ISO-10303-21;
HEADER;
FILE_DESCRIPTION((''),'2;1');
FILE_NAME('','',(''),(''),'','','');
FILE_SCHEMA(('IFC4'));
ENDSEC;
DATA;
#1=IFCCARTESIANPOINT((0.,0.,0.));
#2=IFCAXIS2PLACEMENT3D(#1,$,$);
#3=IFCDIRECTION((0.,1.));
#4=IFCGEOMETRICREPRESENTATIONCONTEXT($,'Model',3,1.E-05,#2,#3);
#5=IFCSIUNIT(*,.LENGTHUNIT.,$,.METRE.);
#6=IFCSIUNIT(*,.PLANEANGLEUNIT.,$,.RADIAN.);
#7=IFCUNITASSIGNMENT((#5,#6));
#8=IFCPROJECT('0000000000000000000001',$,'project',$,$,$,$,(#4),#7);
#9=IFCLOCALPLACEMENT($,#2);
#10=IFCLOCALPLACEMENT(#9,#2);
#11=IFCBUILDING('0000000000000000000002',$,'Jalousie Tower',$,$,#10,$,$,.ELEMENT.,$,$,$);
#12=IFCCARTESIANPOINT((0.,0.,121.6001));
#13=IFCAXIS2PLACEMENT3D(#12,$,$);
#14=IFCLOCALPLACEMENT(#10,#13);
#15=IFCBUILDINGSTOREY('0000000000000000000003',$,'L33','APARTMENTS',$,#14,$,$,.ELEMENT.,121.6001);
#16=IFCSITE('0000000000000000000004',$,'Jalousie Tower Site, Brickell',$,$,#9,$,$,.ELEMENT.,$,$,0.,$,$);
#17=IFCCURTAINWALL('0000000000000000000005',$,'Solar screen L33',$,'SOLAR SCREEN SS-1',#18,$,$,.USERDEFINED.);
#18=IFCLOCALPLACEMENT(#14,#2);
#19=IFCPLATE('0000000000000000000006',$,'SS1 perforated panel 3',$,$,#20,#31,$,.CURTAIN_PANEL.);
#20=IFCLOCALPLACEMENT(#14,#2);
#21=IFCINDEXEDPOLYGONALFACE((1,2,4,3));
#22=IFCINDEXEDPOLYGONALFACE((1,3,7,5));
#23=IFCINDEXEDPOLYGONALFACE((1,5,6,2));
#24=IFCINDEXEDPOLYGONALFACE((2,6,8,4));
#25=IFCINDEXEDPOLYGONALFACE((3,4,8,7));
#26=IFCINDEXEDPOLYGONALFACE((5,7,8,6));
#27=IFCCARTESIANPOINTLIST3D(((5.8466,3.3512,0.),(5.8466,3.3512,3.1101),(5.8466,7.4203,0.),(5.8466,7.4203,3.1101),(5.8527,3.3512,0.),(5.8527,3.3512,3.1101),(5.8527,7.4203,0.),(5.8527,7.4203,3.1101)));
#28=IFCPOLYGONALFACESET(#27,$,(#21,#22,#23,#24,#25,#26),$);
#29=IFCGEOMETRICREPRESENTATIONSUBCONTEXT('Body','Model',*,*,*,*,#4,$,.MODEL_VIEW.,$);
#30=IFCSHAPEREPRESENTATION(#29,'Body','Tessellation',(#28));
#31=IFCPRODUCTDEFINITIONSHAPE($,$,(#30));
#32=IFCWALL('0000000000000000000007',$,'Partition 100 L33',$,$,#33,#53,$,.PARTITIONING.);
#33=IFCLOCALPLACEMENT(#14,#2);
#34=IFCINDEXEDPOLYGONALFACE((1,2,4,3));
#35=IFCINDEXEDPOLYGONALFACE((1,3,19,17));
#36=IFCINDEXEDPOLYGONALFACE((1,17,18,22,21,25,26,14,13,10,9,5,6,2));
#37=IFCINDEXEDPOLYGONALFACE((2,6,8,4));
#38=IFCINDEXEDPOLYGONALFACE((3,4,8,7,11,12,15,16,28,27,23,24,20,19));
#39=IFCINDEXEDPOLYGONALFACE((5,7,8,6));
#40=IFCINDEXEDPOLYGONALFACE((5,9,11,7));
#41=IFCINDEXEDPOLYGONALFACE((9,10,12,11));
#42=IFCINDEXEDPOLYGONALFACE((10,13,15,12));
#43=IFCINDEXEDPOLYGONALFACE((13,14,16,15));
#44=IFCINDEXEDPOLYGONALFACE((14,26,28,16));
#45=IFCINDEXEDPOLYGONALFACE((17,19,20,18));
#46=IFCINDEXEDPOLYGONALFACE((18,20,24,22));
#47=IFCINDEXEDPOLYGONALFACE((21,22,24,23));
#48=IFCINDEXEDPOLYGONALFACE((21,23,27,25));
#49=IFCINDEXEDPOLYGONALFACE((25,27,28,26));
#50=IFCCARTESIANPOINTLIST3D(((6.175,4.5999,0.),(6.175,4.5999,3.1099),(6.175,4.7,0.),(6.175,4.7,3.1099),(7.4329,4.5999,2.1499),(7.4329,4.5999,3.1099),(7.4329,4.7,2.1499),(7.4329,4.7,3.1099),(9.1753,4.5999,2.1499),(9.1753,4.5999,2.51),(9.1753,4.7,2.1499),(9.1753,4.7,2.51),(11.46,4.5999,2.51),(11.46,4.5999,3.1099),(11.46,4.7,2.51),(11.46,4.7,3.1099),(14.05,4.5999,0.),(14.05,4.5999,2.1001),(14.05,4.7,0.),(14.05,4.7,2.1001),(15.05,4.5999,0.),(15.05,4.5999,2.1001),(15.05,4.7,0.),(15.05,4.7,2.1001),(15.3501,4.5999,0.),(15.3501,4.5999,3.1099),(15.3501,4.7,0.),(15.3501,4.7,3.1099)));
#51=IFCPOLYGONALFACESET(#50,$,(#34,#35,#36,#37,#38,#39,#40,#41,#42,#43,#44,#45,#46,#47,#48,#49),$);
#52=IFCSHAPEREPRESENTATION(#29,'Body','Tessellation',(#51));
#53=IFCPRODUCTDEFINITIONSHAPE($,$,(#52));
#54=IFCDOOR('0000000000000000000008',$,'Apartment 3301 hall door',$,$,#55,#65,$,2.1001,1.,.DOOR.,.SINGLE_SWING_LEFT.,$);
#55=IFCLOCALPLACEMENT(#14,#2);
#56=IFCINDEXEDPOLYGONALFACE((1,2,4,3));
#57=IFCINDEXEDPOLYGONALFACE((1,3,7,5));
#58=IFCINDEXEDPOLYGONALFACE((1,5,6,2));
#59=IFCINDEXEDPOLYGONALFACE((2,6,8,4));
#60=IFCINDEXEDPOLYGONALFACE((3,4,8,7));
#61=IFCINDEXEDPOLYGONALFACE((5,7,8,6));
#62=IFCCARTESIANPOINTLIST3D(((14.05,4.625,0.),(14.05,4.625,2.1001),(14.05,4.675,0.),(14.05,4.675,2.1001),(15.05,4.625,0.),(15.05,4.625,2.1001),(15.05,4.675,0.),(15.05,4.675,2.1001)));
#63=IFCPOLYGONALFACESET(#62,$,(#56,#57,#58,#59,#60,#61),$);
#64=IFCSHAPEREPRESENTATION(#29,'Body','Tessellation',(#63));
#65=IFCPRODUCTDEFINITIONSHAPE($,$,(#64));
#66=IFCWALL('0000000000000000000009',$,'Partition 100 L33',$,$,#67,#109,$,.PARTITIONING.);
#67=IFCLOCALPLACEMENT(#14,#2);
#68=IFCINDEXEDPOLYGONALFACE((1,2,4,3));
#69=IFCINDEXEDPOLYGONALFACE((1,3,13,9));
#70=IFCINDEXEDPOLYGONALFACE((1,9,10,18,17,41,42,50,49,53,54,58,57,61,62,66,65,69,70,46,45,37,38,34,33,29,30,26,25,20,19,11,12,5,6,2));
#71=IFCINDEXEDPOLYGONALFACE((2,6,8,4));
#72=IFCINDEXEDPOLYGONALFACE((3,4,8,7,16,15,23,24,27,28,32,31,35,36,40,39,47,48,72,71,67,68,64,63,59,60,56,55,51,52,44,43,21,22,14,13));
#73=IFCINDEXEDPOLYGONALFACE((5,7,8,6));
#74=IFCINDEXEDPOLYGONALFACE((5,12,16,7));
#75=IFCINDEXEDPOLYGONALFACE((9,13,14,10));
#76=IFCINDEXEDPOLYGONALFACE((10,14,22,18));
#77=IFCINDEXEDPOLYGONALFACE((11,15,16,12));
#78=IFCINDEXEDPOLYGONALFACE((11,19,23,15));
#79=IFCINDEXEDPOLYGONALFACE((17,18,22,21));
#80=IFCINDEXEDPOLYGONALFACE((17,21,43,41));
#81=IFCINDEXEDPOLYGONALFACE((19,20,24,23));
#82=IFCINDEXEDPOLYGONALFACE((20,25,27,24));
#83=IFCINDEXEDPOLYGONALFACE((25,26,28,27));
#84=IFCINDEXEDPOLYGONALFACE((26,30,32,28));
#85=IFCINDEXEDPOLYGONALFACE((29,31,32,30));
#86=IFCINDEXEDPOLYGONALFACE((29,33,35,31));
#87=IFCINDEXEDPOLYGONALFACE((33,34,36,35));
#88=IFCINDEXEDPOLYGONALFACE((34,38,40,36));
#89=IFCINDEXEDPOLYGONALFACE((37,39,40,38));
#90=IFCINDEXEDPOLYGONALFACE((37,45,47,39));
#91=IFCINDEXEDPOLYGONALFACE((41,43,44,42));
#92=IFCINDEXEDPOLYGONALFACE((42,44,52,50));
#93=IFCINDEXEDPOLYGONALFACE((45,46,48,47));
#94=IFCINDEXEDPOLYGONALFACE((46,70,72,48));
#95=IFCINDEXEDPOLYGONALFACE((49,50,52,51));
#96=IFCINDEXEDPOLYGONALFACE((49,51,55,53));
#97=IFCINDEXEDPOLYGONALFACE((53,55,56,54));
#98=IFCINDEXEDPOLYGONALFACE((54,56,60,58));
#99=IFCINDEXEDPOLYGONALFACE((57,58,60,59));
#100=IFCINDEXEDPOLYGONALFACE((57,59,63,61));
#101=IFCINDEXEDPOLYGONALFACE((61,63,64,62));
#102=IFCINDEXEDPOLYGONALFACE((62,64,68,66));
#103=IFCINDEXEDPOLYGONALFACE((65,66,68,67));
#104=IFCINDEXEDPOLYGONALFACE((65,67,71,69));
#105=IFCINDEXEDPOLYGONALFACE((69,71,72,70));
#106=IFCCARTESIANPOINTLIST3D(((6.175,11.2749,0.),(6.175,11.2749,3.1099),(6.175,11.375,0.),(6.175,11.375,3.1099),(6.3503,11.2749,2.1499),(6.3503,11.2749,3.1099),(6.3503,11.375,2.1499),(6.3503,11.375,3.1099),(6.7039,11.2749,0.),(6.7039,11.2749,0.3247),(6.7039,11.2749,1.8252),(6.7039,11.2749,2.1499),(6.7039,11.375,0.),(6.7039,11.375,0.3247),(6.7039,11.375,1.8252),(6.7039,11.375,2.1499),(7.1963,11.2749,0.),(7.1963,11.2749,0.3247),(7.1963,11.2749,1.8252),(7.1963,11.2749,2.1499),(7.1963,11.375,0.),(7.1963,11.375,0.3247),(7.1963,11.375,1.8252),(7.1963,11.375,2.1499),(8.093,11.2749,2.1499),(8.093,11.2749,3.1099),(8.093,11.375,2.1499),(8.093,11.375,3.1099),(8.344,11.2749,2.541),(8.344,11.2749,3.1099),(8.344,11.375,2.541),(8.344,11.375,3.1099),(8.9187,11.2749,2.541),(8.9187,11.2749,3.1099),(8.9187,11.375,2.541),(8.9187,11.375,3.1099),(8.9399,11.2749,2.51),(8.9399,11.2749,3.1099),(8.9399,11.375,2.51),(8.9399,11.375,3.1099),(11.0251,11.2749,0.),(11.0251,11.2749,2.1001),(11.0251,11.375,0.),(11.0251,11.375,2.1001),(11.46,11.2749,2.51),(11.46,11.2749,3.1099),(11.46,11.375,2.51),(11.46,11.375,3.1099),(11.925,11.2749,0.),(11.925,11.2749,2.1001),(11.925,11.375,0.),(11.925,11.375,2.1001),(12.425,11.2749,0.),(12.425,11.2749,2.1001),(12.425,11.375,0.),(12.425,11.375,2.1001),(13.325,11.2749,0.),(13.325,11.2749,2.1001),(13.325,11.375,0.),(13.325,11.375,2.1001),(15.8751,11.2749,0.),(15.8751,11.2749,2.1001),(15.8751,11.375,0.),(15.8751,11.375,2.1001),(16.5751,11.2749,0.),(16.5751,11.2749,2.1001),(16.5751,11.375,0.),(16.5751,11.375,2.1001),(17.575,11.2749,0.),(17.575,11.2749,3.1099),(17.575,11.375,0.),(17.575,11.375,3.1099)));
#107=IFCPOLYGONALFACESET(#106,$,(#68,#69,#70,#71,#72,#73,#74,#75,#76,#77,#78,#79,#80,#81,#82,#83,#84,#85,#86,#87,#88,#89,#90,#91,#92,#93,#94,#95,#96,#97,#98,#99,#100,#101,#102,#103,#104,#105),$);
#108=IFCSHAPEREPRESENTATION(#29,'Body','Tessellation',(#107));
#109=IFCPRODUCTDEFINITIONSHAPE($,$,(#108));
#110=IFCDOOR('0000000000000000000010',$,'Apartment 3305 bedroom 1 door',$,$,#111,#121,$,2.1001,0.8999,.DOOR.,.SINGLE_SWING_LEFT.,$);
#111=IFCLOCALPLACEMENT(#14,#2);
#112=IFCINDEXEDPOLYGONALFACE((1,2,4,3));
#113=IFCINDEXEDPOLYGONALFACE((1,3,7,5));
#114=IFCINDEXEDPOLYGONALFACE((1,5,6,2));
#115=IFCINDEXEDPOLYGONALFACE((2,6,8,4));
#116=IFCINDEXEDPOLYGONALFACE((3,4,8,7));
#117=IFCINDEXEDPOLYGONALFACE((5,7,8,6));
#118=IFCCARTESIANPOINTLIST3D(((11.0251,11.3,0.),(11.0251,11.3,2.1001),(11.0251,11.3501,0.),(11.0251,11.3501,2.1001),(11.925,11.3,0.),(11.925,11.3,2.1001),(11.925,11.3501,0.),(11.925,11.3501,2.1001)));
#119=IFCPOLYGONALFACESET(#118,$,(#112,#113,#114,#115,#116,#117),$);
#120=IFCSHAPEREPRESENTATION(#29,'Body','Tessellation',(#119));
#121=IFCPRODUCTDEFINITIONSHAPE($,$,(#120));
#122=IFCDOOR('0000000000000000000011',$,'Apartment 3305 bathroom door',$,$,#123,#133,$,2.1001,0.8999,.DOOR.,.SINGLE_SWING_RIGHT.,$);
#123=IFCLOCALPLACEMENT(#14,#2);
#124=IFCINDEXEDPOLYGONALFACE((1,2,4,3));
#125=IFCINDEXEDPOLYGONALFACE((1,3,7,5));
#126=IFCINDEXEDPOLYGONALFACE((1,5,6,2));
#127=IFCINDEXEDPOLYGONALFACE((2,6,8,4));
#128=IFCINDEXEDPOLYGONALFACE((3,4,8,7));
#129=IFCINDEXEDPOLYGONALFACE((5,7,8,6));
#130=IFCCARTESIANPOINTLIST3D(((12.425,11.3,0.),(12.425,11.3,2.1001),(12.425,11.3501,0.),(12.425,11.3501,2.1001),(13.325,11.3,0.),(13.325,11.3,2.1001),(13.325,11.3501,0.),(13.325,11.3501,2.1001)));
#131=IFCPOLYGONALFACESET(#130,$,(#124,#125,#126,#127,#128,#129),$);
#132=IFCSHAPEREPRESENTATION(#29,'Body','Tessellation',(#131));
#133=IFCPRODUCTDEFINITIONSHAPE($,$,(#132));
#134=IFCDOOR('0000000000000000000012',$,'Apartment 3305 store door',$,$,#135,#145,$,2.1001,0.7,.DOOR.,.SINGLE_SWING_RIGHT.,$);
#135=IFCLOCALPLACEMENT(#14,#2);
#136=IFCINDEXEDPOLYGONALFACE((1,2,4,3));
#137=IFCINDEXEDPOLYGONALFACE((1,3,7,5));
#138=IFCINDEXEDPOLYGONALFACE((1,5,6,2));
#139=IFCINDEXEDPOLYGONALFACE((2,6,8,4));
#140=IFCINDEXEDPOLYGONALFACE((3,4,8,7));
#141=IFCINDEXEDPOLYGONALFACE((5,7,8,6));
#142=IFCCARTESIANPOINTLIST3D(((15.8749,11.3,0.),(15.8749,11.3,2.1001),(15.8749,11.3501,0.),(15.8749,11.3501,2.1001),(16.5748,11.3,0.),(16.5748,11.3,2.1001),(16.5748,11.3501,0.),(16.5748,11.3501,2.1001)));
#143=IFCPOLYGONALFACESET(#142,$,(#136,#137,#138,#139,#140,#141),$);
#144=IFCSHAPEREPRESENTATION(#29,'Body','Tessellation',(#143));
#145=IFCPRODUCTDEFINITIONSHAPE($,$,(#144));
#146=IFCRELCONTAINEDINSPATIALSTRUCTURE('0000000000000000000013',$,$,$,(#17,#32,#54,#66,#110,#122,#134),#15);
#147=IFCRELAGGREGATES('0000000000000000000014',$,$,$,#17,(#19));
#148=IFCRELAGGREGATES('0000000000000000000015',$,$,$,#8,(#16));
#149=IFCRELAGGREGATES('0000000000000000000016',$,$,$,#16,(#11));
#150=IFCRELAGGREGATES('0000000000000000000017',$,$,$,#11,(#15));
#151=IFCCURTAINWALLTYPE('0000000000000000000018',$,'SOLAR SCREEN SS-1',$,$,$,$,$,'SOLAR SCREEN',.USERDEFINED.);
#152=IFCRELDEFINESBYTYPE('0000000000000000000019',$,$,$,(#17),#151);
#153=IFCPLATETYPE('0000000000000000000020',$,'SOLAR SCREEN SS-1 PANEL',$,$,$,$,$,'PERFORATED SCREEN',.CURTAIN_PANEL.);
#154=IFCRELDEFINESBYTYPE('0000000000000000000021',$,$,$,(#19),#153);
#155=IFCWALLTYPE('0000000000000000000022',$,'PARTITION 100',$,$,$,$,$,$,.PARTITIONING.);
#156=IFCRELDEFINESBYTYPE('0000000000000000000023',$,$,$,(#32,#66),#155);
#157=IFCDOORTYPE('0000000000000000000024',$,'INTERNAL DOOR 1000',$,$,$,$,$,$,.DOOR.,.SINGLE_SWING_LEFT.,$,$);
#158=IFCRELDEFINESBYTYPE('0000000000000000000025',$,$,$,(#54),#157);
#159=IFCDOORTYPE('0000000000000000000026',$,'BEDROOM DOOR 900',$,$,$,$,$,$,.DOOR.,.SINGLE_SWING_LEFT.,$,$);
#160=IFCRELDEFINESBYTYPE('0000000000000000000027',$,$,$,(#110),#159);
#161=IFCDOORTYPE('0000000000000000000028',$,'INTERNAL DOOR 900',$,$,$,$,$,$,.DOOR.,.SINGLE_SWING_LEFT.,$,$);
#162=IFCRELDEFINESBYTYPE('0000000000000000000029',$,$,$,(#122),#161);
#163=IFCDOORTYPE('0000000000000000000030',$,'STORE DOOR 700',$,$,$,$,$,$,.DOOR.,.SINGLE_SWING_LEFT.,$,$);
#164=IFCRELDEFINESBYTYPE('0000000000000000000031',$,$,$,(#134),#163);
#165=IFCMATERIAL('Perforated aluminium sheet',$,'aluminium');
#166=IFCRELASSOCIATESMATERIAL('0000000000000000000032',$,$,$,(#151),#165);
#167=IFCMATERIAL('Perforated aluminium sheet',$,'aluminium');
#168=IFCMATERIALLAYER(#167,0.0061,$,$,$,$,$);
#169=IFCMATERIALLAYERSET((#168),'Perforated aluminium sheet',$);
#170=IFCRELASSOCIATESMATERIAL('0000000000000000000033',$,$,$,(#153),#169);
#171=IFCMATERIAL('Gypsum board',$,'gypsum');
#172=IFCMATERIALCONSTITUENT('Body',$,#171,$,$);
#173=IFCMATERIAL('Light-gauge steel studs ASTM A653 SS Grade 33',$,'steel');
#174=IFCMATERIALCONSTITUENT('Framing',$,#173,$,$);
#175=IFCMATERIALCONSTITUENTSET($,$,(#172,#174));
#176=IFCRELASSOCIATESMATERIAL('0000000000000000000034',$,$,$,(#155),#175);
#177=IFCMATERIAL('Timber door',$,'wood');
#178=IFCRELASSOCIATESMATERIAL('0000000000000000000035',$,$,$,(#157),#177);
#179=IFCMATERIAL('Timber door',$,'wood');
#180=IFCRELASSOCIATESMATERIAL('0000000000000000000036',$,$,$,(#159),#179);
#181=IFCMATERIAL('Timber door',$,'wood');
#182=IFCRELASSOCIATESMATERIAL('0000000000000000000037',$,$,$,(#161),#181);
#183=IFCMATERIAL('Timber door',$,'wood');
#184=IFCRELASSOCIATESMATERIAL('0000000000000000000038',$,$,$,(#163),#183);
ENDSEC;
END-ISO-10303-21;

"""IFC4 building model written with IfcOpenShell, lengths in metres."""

from ifc_helpers import new_model, si_unit, direction, frame, frame_2d, origin, origin_2d, place, context, subcontext, project, spatial, polyline, rectangle, outline, extrude, material, layer, layer_set, constituent, constituent_set, type_object, element, fill, aggregate, save


model = new_model("IFC4")

# Units and contexts
model_context = context("Model", 3, precision=1e-05, world=origin(), true_north=direction((0.0, 1.0)))
body_context = subcontext(model_context, "Body", "Model", "MODEL_VIEW")
ifc_project = project(units=[si_unit("LENGTHUNIT", "METRE"), si_unit("PLANEANGLEUNIT", "RADIAN")], contexts=[model_context])

# Site, building, storey
site_placement = place(None, origin())
site = spatial("IfcSite", under=ifc_project, at=site_placement, Name="Jalousie Tower Site, Brickell", CompositionType="ELEMENT", RefElevation=0.0)
building_placement = place(site_placement, origin())
building = spatial("IfcBuilding", under=site, at=building_placement, Name="Jalousie Tower", CompositionType="ELEMENT")
storey_placement = place(building_placement, frame((0.0, 0.0, 121.6001)))
storey = spatial("IfcBuildingStorey", under=building, at=storey_placement, Name="L33", Description="APARTMENTS", CompositionType="ELEMENT", Elevation=121.6001)

# Curtain wall, plate
ifc_material_1 = material(Name="Perforated aluminium sheet", Category="aluminium")
curtain_wall_type_1 = type_object("IfcCurtainWallType", Name="SOLAR SCREEN SS-1", ElementType="SOLAR SCREEN", PredefinedType="USERDEFINED", material=ifc_material_1)
curtain_wall_1_placement = place(storey_placement, origin())
curtain_wall_1 = element("IfcCurtainWall", 1, at=curtain_wall_1_placement, inside=storey, type_object=curtain_wall_type_1, Name="Solar screen L33", ObjectType="SOLAR SCREEN SS-1", PredefinedType="USERDEFINED")
ifc_material_2 = material(Name="Perforated aluminium sheet", Category="aluminium")
ifc_layer_1 = layer(ifc_material_2, 0.0061)
ifc_layer_set_1 = layer_set([ifc_layer_1], Name="Perforated aluminium sheet")
plate_type = type_object("IfcPlateType", Name="SOLAR SCREEN SS-1 PANEL", ElementType="PERFORATED SCREEN", PredefinedType="CURTAIN_PANEL", material=ifc_layer_set_1)
plate_1_placement = place(storey_placement, frame((5.8496, 5.3857, 0.0), z_axis=(0.0, 0.0, 1.0), x_axis=(0.0, -1.0, 0.0)))
plate_1 = element("IfcPlate", 2, at=plate_1_placement, type_object=plate_type, Name="SS1 perforated panel 3", PredefinedType="CURTAIN_PANEL", context=body_context, shape_type="SweptSolid", body=[
    extrude(rectangle(XDim=4.0691, YDim=0.0061, at=origin_2d()), origin(), (0.0, 0.0, 1.0), 3.1101),
])
aggregate(curtain_wall_1, [plate_1])

# Wall, opening, door
ifc_material_3 = material(Name="Gypsum board", Category="gypsum")
ifc_constituent_1 = constituent(ifc_material_3, Name="Body")
ifc_material_4 = material(Name="Light-gauge steel studs ASTM A653 SS Grade 33", Category="steel")
ifc_constituent_2 = constituent(ifc_material_4, Name="Framing")
ifc_constituent_set_1 = constituent_set(constituents=[ifc_constituent_1, ifc_constituent_2])
wall_type_1 = type_object("IfcWallType", Name="PARTITION 100", PredefinedType="PARTITIONING", material=ifc_constituent_set_1)
wall_1_placement = place(storey_placement, frame((6.175, 4.6499, 0.0), z_axis=(0.0, 0.0, 1.0), x_axis=(1.0, 0.0, 0.0)))
wall_1 = element("IfcWall", 3, at=wall_1_placement, inside=storey, type_object=wall_type_1, Name="Partition 100 L33", PredefinedType="PARTITIONING", context=body_context, shape_type="SweptSolid", body=[
    extrude(outline(polyline([(0.0, 0.0), (9.175, 0.0), (9.175, 3.1099), (5.2849, 3.1099), (5.2849, 2.51), (3.0002, 2.51), (3.0002, 2.1499), (1.2578, 2.1499), (1.2578, 3.1099), (0.0, 3.1099), (0.0, 0.0)])), frame((0.0, 0.05, 0.0), z_axis=(0.0, -1.0, 0.0), x_axis=(1.0, 0.0, 0.0)), (0.0, 0.0, 1.0), 0.1001),
])
opening_1_placement = place(wall_1_placement, frame((7.875, 0.0, 0.0)))
opening_1 = element("IfcOpeningElement", 4, at=opening_1_placement, cuts=wall_1, PredefinedType="OPENING", context=body_context, shape_type="SweptSolid", body=[
    extrude(rectangle(XDim=1.0, YDim=2.1001, at=frame_2d((0.5, 1.05))), frame((0.0, 0.0601, 0.0), z_axis=(0.0, -1.0, 0.0), x_axis=(1.0, 0.0, 0.0)), (0.0, 0.0, 1.0), 0.1201),
])
ifc_material_5 = material(Name="Timber door", Category="wood")
door_type_1 = type_object("IfcDoorType", Name="INTERNAL DOOR 1000", OperationType="SINGLE_SWING_LEFT", PredefinedType="DOOR", material=ifc_material_5)
door_1_placement = place(opening_1_placement, frame((1.0, 0.0, 0.0), z_axis=(0.0, 0.0, 1.0), x_axis=(-1.0, 0.0, 0.0)))
door_1 = element("IfcDoor", 5, at=door_1_placement, inside=storey, type_object=door_type_1, Name="Apartment 3301 hall door", OperationType="SINGLE_SWING_LEFT", OverallHeight=2.1001, OverallWidth=1.0, PredefinedType="DOOR", context=body_context, shape_type="SweptSolid", body=[
    extrude(rectangle(XDim=1.0, YDim=2.1001, at=frame_2d((0.5, 1.05))), frame((0.0, 0.0249, 0.0), z_axis=(0.0, -1.0, 0.0), x_axis=(1.0, 0.0, 0.0)), (0.0, 0.0, 1.0), 0.05),
])
fill(opening_1, door_1)

# Wall, openings, doors
wall_2_placement = place(storey_placement, frame((6.175, 11.325, 0.0), z_axis=(0.0, 0.0, 1.0), x_axis=(1.0, 0.0, 0.0)))
wall_2 = element("IfcWall", 6, at=wall_2_placement, inside=storey, type_object=wall_type_1, Name="Partition 100 L33", PredefinedType="PARTITIONING", context=body_context, shape_type="SweptSolid", body=[
    extrude(outline(polyline([(0.1753, 3.1099), (0.0, 3.1099), (0.0, 0.0), (0.5288, 0.0), (0.5288, 0.3247), (1.0212, 0.3247), (1.0212, 0.0), (11.3999, 0.0), (11.3999, 3.1099), (5.2849, 3.1099), (5.2849, 2.51), (2.7649, 2.51), (2.7649, 3.1099), (2.7437, 3.1099), (2.7437, 2.541), (2.1689, 2.541), (2.1689, 3.1099), (1.918, 3.1099), (1.918, 2.1499), (1.0212, 2.1499), (1.0212, 1.8252), (0.5288, 1.8252), (0.5288, 2.1499), (0.1753, 2.1499), (0.1753, 3.1099)])), frame((0.0, 0.05, 0.0), z_axis=(0.0, -1.0, 0.0), x_axis=(1.0, 0.0, 0.0)), (0.0, 0.0, 1.0), 0.1001),
])
opening_2_placement = place(wall_2_placement, frame((4.8501, 0.0, 0.0)))
opening_2 = element("IfcOpeningElement", 7, at=opening_2_placement, cuts=wall_2, PredefinedType="OPENING", context=body_context, shape_type="SweptSolid", body=[
    extrude(rectangle(XDim=0.8999, YDim=2.1001, at=frame_2d((0.45, 1.05))), frame((0.0, 0.0601, 0.0), z_axis=(0.0, -1.0, 0.0), x_axis=(1.0, 0.0, 0.0)), (0.0, 0.0, 1.0), 0.1201),
])
opening_3_placement = place(wall_2_placement, frame((6.25, 0.0, 0.0)))
opening_3 = element("IfcOpeningElement", 8, at=opening_3_placement, cuts=wall_2, PredefinedType="OPENING", context=body_context, shape_type="SweptSolid", body=[
    extrude(rectangle(XDim=0.8999, YDim=2.1001, at=frame_2d((0.45, 1.05))), frame((0.0, 0.0601, 0.0), z_axis=(0.0, -1.0, 0.0), x_axis=(1.0, 0.0, 0.0)), (0.0, 0.0, 1.0), 0.1201),
])
opening_4_placement = place(wall_2_placement, frame((9.7, 0.0, 0.0)))
opening_4 = element("IfcOpeningElement", 9, at=opening_4_placement, cuts=wall_2, PredefinedType="OPENING", context=body_context, shape_type="SweptSolid", body=[
    extrude(rectangle(XDim=0.7, YDim=2.1001, at=frame_2d((0.3501, 1.05))), frame((0.0, 0.0601, 0.0), z_axis=(0.0, -1.0, 0.0), x_axis=(1.0, 0.0, 0.0)), (0.0, 0.0, 1.0), 0.1201),
])
ifc_material_6 = material(Name="Timber door", Category="wood")
door_type_2 = type_object("IfcDoorType", Name="BEDROOM DOOR 900", OperationType="SINGLE_SWING_LEFT", PredefinedType="DOOR", material=ifc_material_6)
door_2_placement = place(opening_2_placement, frame((0.8999, 0.0, 0.0), z_axis=(0.0, 0.0, 1.0), x_axis=(-1.0, 0.0, 0.0)))
door_2 = element("IfcDoor", 10, at=door_2_placement, inside=storey, type_object=door_type_2, Name="Apartment 3305 bedroom 1 door", OperationType="SINGLE_SWING_LEFT", OverallHeight=2.1001, OverallWidth=0.8999, PredefinedType="DOOR", context=body_context, shape_type="SweptSolid", body=[
    extrude(rectangle(XDim=0.8999, YDim=2.1001, at=frame_2d((0.45, 1.05))), frame((0.0, 0.0249, 0.0), z_axis=(0.0, -1.0, 0.0), x_axis=(1.0, 0.0, 0.0)), (0.0, 0.0, 1.0), 0.05),
])
fill(opening_2, door_2)
ifc_material_7 = material(Name="Timber door", Category="wood")
door_type_3 = type_object("IfcDoorType", Name="INTERNAL DOOR 900", OperationType="SINGLE_SWING_LEFT", PredefinedType="DOOR", material=ifc_material_7)
door_3_placement = place(opening_3_placement, frame((0.8999, 0.0, 0.0), z_axis=(0.0, 0.0, 1.0), x_axis=(-1.0, 0.0, 0.0)))
door_3 = element("IfcDoor", 11, at=door_3_placement, inside=storey, type_object=door_type_3, Name="Apartment 3305 bathroom door", OperationType="SINGLE_SWING_RIGHT", OverallHeight=2.1001, OverallWidth=0.8999, PredefinedType="DOOR", context=body_context, shape_type="SweptSolid", body=[
    extrude(rectangle(XDim=0.8999, YDim=2.1001, at=frame_2d((0.45, 1.05))), frame((0.0, 0.0249, 0.0), z_axis=(0.0, -1.0, 0.0), x_axis=(1.0, 0.0, 0.0)), (0.0, 0.0, 1.0), 0.05),
])
fill(opening_3, door_3)
ifc_material_8 = material(Name="Timber door", Category="wood")
door_type_4 = type_object("IfcDoorType", Name="STORE DOOR 700", OperationType="SINGLE_SWING_LEFT", PredefinedType="DOOR", material=ifc_material_8)
door_4_placement = place(opening_4_placement, frame((0.7, 0.0, 0.0), z_axis=(0.0, 0.0, 1.0), x_axis=(-1.0, 0.0, 0.0)))
door_4 = element("IfcDoor", 12, at=door_4_placement, inside=storey, type_object=door_type_4, Name="Apartment 3305 store door", OperationType="SINGLE_SWING_RIGHT", OverallHeight=2.1001, OverallWidth=0.7, PredefinedType="DOOR", context=body_context, shape_type="SweptSolid", body=[
    extrude(rectangle(XDim=0.7, YDim=2.1001, at=frame_2d((0.3501, 1.05))), frame((0.0, 0.0249, 0.0), z_axis=(0.0, -1.0, 0.0), x_axis=(1.0, 0.0, 0.0)), (0.0, 0.0, 1.0), 0.05),
])
fill(opening_4, door_4)

save(model, "model.ifc")
